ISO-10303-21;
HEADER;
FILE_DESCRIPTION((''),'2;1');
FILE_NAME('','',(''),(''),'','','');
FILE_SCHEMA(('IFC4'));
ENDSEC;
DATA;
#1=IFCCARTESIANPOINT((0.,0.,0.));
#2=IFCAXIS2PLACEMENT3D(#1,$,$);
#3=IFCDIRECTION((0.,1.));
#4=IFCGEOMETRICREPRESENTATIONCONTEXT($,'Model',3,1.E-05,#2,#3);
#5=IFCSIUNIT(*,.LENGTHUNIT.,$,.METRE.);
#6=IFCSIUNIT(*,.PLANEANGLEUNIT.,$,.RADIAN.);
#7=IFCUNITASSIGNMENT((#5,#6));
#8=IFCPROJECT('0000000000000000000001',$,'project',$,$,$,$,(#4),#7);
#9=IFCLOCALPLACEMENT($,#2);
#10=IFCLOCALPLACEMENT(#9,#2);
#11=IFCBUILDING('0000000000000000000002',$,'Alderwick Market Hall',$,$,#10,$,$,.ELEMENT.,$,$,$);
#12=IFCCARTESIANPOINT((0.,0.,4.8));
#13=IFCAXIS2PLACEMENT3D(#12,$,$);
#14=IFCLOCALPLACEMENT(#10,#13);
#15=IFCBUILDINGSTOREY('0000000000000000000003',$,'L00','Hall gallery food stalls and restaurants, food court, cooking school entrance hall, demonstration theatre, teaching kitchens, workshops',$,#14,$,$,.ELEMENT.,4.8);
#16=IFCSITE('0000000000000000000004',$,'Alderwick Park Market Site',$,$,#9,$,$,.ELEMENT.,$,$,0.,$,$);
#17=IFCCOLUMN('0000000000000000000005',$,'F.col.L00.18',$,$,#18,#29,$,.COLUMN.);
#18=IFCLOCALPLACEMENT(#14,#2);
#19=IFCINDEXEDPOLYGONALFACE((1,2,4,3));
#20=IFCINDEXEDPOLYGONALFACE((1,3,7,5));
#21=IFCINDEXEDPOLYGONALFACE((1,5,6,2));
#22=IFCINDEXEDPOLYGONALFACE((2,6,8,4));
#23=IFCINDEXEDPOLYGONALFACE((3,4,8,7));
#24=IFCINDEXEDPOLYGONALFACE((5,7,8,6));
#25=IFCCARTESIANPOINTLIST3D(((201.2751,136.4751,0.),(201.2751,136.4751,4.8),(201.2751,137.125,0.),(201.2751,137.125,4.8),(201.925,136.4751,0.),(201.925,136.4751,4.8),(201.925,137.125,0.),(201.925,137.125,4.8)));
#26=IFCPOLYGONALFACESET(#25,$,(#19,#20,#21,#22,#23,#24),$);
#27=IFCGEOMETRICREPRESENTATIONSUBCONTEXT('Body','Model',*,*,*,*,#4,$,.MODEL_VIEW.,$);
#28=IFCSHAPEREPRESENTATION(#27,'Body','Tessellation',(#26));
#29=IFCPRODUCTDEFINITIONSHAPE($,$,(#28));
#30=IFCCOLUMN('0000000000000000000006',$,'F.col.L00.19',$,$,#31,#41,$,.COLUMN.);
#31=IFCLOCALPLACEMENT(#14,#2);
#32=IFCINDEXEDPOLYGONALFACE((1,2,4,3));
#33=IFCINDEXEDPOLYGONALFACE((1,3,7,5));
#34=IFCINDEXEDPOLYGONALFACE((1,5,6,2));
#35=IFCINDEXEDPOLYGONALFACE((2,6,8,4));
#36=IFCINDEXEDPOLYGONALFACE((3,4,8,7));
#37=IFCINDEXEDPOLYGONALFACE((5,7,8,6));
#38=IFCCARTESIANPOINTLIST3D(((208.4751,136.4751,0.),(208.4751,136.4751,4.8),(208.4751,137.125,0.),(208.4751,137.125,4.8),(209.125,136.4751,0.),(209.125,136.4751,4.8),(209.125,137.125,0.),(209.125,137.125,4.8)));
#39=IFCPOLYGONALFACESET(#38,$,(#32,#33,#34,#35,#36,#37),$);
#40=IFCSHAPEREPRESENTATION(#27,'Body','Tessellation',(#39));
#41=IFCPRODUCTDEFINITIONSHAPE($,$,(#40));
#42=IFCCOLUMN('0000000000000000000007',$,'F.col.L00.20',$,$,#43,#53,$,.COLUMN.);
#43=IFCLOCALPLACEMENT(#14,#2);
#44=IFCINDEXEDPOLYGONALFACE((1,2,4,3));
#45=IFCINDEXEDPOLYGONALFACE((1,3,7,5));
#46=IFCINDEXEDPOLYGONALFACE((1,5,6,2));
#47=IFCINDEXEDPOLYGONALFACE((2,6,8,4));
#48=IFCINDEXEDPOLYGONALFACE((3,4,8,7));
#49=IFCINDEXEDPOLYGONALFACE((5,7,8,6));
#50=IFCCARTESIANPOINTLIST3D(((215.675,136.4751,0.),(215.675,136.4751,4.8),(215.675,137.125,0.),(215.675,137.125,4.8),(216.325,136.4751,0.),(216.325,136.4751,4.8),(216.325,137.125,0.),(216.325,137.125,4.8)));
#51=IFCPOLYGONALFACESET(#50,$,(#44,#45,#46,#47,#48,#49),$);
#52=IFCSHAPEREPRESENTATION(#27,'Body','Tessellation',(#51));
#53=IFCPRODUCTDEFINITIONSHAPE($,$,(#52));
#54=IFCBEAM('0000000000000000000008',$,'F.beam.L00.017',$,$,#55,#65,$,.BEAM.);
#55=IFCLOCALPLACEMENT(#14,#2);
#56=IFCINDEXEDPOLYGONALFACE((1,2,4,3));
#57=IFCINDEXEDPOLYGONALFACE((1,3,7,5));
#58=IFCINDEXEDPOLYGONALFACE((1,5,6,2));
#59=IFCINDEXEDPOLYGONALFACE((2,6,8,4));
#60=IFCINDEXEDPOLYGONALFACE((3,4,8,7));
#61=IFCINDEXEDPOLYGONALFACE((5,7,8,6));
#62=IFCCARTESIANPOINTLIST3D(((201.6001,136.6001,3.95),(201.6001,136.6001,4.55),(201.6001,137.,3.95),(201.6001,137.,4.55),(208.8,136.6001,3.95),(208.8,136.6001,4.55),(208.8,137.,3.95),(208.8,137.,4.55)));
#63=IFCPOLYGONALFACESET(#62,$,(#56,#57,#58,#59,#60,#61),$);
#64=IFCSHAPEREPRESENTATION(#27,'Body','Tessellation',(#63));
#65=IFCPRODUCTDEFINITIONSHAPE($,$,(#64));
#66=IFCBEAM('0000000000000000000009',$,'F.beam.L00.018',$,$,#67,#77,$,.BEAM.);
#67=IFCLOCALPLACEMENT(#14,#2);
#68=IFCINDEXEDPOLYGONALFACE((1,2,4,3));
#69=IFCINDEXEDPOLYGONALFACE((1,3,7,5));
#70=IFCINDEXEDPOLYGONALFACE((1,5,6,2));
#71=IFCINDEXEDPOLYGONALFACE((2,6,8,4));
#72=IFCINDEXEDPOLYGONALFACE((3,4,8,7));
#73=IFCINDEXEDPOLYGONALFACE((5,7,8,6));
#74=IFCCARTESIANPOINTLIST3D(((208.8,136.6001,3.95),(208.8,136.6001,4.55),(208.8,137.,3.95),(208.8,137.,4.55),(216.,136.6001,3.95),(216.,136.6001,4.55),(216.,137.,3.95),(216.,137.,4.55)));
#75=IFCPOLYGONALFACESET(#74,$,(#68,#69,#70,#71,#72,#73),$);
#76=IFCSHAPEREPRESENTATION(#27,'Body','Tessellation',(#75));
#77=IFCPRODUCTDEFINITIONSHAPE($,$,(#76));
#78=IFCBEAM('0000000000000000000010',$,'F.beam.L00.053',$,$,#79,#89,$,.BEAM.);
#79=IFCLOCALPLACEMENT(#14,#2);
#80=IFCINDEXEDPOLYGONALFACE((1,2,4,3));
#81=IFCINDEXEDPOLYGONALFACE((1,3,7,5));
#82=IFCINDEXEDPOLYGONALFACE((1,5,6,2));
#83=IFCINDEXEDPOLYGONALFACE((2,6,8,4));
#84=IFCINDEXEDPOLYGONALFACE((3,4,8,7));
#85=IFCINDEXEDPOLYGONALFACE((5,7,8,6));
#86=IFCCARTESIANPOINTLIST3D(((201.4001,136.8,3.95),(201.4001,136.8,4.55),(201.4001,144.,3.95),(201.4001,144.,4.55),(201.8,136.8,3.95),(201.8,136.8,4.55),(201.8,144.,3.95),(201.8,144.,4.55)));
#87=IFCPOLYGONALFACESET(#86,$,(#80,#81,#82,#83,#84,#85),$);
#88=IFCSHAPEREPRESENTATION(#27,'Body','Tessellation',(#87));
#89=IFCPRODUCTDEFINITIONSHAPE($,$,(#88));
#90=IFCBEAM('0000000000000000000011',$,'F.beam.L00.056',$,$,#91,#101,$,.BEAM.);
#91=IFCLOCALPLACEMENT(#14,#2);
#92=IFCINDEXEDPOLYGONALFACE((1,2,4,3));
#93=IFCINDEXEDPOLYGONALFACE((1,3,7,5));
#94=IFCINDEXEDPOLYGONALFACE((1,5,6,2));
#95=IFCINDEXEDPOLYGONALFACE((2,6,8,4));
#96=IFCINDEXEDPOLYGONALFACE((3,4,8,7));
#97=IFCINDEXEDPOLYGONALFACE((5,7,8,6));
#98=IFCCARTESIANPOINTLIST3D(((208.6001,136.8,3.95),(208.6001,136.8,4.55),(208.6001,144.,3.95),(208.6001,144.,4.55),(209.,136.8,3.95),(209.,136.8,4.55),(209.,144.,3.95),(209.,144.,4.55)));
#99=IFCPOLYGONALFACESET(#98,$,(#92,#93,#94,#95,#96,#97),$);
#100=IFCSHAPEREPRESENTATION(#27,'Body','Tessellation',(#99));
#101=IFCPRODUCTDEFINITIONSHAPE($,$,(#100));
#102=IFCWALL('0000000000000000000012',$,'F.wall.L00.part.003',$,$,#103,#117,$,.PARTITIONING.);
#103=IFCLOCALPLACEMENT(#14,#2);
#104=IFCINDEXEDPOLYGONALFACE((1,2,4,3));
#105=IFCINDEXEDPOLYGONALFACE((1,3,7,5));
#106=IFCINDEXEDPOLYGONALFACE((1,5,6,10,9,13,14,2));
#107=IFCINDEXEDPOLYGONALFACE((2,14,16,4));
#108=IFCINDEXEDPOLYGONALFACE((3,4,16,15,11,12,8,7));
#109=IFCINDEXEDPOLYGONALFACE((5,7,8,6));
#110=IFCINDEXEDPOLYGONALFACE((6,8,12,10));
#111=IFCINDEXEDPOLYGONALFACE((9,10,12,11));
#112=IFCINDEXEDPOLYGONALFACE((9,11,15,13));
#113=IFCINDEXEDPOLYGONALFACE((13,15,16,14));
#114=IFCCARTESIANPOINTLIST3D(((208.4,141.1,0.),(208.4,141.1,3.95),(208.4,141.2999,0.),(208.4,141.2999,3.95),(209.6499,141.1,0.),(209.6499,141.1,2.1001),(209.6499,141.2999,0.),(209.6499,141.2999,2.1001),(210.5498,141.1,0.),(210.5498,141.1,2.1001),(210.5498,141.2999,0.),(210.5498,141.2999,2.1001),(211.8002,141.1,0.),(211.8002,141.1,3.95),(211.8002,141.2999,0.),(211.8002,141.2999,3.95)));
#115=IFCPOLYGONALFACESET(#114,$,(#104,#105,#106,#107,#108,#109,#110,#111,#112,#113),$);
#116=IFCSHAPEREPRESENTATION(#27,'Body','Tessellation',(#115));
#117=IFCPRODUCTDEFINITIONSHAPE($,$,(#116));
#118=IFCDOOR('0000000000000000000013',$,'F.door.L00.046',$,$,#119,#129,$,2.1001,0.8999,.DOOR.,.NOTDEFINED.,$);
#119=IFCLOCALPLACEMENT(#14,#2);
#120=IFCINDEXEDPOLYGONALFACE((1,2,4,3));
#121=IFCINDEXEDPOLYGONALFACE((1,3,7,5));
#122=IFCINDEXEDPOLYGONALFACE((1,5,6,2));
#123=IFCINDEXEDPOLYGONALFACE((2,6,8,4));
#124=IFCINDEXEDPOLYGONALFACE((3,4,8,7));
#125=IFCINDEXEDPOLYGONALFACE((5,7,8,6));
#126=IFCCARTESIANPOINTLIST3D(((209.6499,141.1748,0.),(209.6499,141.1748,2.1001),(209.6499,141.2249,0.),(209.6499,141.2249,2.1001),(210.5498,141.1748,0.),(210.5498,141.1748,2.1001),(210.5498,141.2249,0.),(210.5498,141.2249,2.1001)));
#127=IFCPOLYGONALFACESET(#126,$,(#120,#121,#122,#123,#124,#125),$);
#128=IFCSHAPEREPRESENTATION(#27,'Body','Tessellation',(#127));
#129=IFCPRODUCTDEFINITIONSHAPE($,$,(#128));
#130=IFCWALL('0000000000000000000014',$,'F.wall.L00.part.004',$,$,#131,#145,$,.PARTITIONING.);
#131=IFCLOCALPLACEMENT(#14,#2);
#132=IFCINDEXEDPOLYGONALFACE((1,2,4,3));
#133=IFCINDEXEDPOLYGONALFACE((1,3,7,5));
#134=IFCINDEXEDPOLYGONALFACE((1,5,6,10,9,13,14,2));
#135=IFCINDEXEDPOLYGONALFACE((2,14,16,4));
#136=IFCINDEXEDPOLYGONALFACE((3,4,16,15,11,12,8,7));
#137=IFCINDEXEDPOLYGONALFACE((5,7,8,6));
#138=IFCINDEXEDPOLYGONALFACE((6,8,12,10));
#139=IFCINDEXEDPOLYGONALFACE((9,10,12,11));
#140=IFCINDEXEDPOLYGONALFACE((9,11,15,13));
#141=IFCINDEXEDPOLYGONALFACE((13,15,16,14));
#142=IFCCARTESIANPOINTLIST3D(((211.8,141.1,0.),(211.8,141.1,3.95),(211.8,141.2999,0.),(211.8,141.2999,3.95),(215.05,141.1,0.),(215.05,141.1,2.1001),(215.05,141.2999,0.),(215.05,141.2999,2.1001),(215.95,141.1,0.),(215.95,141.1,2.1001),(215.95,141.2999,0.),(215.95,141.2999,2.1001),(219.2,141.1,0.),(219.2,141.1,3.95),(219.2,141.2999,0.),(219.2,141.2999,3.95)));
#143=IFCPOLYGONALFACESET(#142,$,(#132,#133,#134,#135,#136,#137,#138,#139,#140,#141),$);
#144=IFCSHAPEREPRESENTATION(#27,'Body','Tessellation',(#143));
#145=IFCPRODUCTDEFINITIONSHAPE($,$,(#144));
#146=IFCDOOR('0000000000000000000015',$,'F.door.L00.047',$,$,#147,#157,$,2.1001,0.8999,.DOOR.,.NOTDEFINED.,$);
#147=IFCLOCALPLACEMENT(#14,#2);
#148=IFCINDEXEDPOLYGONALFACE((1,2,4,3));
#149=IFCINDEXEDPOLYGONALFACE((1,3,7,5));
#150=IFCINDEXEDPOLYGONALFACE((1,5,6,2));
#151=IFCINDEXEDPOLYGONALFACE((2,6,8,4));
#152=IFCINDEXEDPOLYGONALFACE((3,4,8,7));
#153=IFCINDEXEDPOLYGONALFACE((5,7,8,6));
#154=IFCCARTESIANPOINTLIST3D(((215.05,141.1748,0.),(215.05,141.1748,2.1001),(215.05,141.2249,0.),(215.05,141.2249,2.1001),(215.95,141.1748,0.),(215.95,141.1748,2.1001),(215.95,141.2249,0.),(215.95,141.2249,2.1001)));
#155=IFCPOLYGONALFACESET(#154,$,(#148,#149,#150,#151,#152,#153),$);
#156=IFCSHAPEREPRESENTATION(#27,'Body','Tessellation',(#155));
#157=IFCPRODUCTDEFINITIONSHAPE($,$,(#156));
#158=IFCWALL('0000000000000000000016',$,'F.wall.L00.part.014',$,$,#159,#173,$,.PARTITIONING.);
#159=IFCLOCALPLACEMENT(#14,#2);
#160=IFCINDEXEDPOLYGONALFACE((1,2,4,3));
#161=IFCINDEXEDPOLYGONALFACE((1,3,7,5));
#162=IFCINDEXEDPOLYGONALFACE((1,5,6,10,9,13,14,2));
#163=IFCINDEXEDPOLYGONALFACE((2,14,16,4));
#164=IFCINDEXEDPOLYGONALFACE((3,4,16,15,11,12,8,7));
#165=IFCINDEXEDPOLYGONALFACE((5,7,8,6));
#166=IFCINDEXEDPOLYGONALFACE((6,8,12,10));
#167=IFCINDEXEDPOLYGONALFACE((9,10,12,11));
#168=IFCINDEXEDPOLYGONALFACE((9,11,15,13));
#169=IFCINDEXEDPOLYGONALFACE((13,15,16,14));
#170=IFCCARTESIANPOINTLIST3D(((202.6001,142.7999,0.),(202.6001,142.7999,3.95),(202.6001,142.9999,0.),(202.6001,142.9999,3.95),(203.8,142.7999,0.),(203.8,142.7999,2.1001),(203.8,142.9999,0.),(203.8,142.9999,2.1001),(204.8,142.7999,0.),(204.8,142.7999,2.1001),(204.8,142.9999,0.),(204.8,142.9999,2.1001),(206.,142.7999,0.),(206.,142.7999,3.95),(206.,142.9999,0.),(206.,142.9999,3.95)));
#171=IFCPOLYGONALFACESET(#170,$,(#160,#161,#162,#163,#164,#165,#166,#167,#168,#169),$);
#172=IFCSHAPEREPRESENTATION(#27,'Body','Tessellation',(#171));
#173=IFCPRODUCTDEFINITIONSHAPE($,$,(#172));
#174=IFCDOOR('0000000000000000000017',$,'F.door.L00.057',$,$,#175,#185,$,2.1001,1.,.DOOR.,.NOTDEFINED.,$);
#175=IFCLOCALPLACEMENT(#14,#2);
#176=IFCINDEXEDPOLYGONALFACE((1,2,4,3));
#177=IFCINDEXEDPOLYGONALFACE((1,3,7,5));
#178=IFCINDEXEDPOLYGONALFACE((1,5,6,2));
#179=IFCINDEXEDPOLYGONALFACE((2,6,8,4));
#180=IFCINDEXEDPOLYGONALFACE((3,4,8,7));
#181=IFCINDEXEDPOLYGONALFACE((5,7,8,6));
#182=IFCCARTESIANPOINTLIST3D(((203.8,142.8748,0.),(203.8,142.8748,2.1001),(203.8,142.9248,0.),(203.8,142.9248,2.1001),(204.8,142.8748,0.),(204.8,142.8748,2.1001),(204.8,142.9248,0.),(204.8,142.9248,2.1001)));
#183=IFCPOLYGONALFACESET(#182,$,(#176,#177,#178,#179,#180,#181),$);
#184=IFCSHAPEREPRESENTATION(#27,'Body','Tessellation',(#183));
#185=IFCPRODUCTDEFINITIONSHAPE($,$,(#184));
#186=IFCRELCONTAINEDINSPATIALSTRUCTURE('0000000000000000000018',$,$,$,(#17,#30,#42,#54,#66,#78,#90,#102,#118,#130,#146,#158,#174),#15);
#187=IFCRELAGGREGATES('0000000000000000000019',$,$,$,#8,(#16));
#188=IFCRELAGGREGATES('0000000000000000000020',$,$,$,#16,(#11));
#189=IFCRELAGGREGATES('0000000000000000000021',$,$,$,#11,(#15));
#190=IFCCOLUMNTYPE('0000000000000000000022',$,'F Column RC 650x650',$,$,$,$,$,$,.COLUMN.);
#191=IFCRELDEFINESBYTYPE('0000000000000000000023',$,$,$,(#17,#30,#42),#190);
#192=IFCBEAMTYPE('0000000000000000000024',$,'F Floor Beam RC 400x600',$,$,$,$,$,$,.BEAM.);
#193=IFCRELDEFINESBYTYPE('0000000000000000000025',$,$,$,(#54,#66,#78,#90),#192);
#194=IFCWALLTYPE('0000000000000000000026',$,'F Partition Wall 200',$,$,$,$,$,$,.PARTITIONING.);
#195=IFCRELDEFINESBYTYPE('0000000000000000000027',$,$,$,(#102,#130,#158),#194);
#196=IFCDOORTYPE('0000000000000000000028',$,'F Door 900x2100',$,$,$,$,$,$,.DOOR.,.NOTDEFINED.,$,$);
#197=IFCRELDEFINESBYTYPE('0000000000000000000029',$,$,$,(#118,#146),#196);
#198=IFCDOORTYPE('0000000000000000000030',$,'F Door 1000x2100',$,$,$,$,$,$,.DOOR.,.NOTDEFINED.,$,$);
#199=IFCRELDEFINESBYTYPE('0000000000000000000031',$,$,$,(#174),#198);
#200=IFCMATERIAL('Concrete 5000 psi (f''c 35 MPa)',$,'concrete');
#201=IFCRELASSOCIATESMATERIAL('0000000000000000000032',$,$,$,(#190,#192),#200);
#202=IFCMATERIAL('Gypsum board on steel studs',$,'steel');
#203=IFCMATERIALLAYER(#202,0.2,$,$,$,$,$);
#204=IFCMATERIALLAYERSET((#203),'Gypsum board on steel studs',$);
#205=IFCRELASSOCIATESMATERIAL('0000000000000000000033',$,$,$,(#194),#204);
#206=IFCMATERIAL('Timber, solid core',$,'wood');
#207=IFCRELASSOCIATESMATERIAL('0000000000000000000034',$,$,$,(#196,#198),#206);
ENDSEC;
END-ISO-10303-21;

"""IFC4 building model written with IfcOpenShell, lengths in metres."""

from ifc_helpers import new_model, si_unit, direction, frame, frame_2d, origin, origin_2d, place, context, subcontext, project, spatial, rectangle, extrude, material, layer, layer_set, material_profile, profile_set, type_object, element, fill, save


model = new_model("IFC4")

# Units and contexts
model_context = context("Model", 3, precision=1e-05, world=origin(), true_north=direction((0.0, 1.0)))
body_context = subcontext(model_context, "Body", "Model", "MODEL_VIEW")
ifc_project = project(units=[si_unit("LENGTHUNIT", "METRE"), si_unit("PLANEANGLEUNIT", "RADIAN")], contexts=[model_context])

# Site, building, storey
site_placement = place(None, origin())
site = spatial("IfcSite", under=ifc_project, at=site_placement, Name="Alderwick Park Market Site", CompositionType="ELEMENT", RefElevation=0.0)
building_placement = place(site_placement, origin())
building = spatial("IfcBuilding", under=site, at=building_placement, Name="Alderwick Market Hall", CompositionType="ELEMENT")
storey_placement = place(building_placement, frame((0.0, 0.0, 4.8)))
storey = spatial("IfcBuildingStorey", under=building, at=storey_placement, Name="L00", Description="Hall gallery food stalls and restaurants, food court, cooking school entrance hall, demonstration theatre, teaching kitchens, workshops", CompositionType="ELEMENT", Elevation=4.8)

# Columns
ifc_material_1 = material(Name="Concrete 5000 psi (f'c 35 MPa)", Category="concrete")
ifc_material_profile_1 = material_profile(ifc_material_1, rectangle(XDim=0.6499, YDim=0.6499, at=origin_2d()), Name="RC 650x650")
ifc_profile_set_1 = profile_set([ifc_material_profile_1], Name="Concrete 5000 psi (f'c 35 MPa)")
column_type = type_object("IfcColumnType", Name="F Column RC 650x650", PredefinedType="COLUMN", material=ifc_profile_set_1)
for number, where, z_axis, x_axis, name in (
    (1, (201.6001, 136.8, 0.0), (0.0, 0.0, 1.0), (1.0, 0.0, 0.0), "F.col.L00.18"),
    (2, (208.8, 136.8, 0.0), (0.0, 0.0, 1.0), (1.0, 0.0, 0.0), "F.col.L00.19"),
    (3, (216.0, 136.8, 0.0), (0.0, 0.0, 1.0), (1.0, 0.0, 0.0), "F.col.L00.20"),
):
    element("IfcColumn", number, at=place(storey_placement, frame(where, z_axis=z_axis, x_axis=x_axis)), inside=storey, type_object=column_type, Name=name, PredefinedType="COLUMN", context=body_context, shape_type="SweptSolid", body=[
        extrude(rectangle(XDim=0.6499, YDim=0.6499, at=origin_2d()), origin(), (0.0, 0.0, 1.0), 4.8),
    ])

# Beams
ifc_material_profile_2 = material_profile(ifc_material_1, rectangle(XDim=0.3999, YDim=0.6001, at=origin_2d()), Name="RC 400x600")
ifc_profile_set_2 = profile_set([ifc_material_profile_2], Name="Concrete 5000 psi (f'c 35 MPa)")
beam_type = type_object("IfcBeamType", Name="F Floor Beam RC 400x600", PredefinedType="BEAM", material=ifc_profile_set_2)
for number, where, z_axis, x_axis, name in (
    (4, (201.6001, 136.8, 4.25), (1.0, 0.0, 0.0), (0.0, 1.0, 0.0), "F.beam.L00.017"),
    (5, (208.8, 136.8, 4.25), (1.0, 0.0, 0.0), (0.0, 1.0, 0.0), "F.beam.L00.018"),
    (6, (201.6001, 136.8, 4.25), (0.0, 1.0, 0.0), (-1.0, 0.0, 0.0), "F.beam.L00.053"),
    (7, (208.8, 136.8, 4.25), (0.0, 1.0, 0.0), (-1.0, 0.0, 0.0), "F.beam.L00.056"),
):
    element("IfcBeam", number, at=place(storey_placement, frame(where, z_axis=z_axis, x_axis=x_axis)), inside=storey, type_object=beam_type, Name=name, PredefinedType="BEAM", context=body_context, shape_type="SweptSolid", body=[
        extrude(rectangle(XDim=0.3999, YDim=0.6001, at=origin_2d()), origin(), (0.0, 0.0, 1.0), 7.2),
    ])

# Walls, openings, doors
ifc_material_2 = material(Name="Gypsum board on steel studs", Category="steel")
ifc_layer = layer(ifc_material_2, 0.2)
ifc_layer_set = layer_set([ifc_layer], Name="Gypsum board on steel studs")
wall_type = type_object("IfcWallType", Name="F Partition Wall 200", PredefinedType="PARTITIONING", material=ifc_layer_set)
wall_1_placement = place(storey_placement, frame((208.3999, 141.2, 0.0), z_axis=(0.0, 0.0, 1.0), x_axis=(1.0, 0.0, 0.0)))
wall_1 = element("IfcWall", 8, at=wall_1_placement, inside=storey, type_object=wall_type, Name="F.wall.L00.part.003", PredefinedType="PARTITIONING", context=body_context, shape_type="SweptSolid", body=[
    extrude(rectangle(XDim=3.4001, YDim=0.2, at=frame_2d((1.7002, 0.0))), origin(), (0.0, 0.0, 1.0), 3.95),
])
opening_1_placement = place(wall_1_placement, frame((1.25, 0.0, 0.0)))
opening_1 = element("IfcOpeningElement", 9, at=opening_1_placement, cuts=wall_1, PredefinedType="OPENING", context=body_context, shape_type="SweptSolid", body=[
    extrude(rectangle(XDim=0.8999, YDim=2.1001, at=frame_2d((0.45, 1.05))), frame((0.0, 0.1099, 0.0), z_axis=(0.0, -1.0, 0.0), x_axis=(1.0, 0.0, 0.0)), (0.0, 0.0, 1.0), 0.22),
])
ifc_material_3 = material(Name="Timber, solid core", Category="wood")
door_type_1 = type_object("IfcDoorType", Name="F Door 900x2100", OperationType="NOTDEFINED", PredefinedType="DOOR", material=ifc_material_3)
door_1_placement = place(opening_1_placement, origin())
door_1 = element("IfcDoor", 10, at=door_1_placement, inside=storey, type_object=door_type_1, Name="F.door.L00.046", OperationType="NOTDEFINED", OverallHeight=2.1001, OverallWidth=0.8999, PredefinedType="DOOR", context=body_context, shape_type="SweptSolid", body=[
    extrude(rectangle(XDim=0.8999, YDim=2.1001, at=frame_2d((0.45, 1.05))), frame((0.0, 0.0249, 0.0), z_axis=(0.0, -1.0, 0.0), x_axis=(1.0, 0.0, 0.0)), (0.0, 0.0, 1.0), 0.05),
])
fill(opening_1, door_1)
wall_2_placement = place(storey_placement, frame((211.8, 141.2, 0.0), z_axis=(0.0, 0.0, 1.0), x_axis=(1.0, 0.0, 0.0)))
wall_2 = element("IfcWall", 11, at=wall_2_placement, inside=storey, type_object=wall_type, Name="F.wall.L00.part.004", PredefinedType="PARTITIONING", context=body_context, shape_type="SweptSolid", body=[
    extrude(rectangle(XDim=7.3999, YDim=0.2, at=frame_2d((3.7, 0.0))), origin(), (0.0, 0.0, 1.0), 3.95),
])
opening_2_placement = place(wall_2_placement, frame((3.25, 0.0, 0.0)))
opening_2 = element("IfcOpeningElement", 12, at=opening_2_placement, cuts=wall_2, PredefinedType="OPENING", context=body_context, shape_type="SweptSolid", body=[
    extrude(rectangle(XDim=0.8999, YDim=2.1001, at=frame_2d((0.45, 1.05))), frame((0.0, 0.1099, 0.0), z_axis=(0.0, -1.0, 0.0), x_axis=(1.0, 0.0, 0.0)), (0.0, 0.0, 1.0), 0.22),
])
door_2_placement = place(opening_2_placement, origin())
door_2 = element("IfcDoor", 13, at=door_2_placement, inside=storey, type_object=door_type_1, Name="F.door.L00.047", OperationType="NOTDEFINED", OverallHeight=2.1001, OverallWidth=0.8999, PredefinedType="DOOR", context=body_context, shape_type="SweptSolid", body=[
    extrude(rectangle(XDim=0.8999, YDim=2.1001, at=frame_2d((0.45, 1.05))), frame((0.0, 0.0249, 0.0), z_axis=(0.0, -1.0, 0.0), x_axis=(1.0, 0.0, 0.0)), (0.0, 0.0, 1.0), 0.05),
])
fill(opening_2, door_2)
wall_3_placement = place(storey_placement, frame((202.6001, 142.8999, 0.0), z_axis=(0.0, 0.0, 1.0), x_axis=(1.0, 0.0, 0.0)))
wall_3 = element("IfcWall", 14, at=wall_3_placement, inside=storey, type_object=wall_type, Name="F.wall.L00.part.014", PredefinedType="PARTITIONING", context=body_context, shape_type="SweptSolid", body=[
    extrude(rectangle(XDim=3.3999, YDim=0.2, at=frame_2d((1.7, 0.0))), origin(), (0.0, 0.0, 1.0), 3.95),
])
opening_3_placement = place(wall_3_placement, frame((1.2, 0.0, 0.0)))
opening_3 = element("IfcOpeningElement", 15, at=opening_3_placement, cuts=wall_3, PredefinedType="OPENING", context=body_context, shape_type="SweptSolid", body=[
    extrude(rectangle(XDim=1.0, YDim=2.1001, at=frame_2d((0.5, 1.05))), frame((0.0, 0.1099, 0.0), z_axis=(0.0, -1.0, 0.0), x_axis=(1.0, 0.0, 0.0)), (0.0, 0.0, 1.0), 0.22),
])
door_type_2 = type_object("IfcDoorType", Name="F Door 1000x2100", OperationType="NOTDEFINED", PredefinedType="DOOR", material=ifc_material_3)
door_3_placement = place(opening_3_placement, origin())
door_3 = element("IfcDoor", 16, at=door_3_placement, inside=storey, type_object=door_type_2, Name="F.door.L00.057", OperationType="NOTDEFINED", OverallHeight=2.1001, OverallWidth=1.0, PredefinedType="DOOR", context=body_context, shape_type="SweptSolid", body=[
    extrude(rectangle(XDim=1.0, YDim=2.1001, at=frame_2d((0.5, 1.05))), frame((0.0, 0.0249, 0.0), z_axis=(0.0, -1.0, 0.0), x_axis=(1.0, 0.0, 0.0)), (0.0, 0.0, 1.0), 0.05),
])
fill(opening_3, door_3)

save(model, "model.ifc")
